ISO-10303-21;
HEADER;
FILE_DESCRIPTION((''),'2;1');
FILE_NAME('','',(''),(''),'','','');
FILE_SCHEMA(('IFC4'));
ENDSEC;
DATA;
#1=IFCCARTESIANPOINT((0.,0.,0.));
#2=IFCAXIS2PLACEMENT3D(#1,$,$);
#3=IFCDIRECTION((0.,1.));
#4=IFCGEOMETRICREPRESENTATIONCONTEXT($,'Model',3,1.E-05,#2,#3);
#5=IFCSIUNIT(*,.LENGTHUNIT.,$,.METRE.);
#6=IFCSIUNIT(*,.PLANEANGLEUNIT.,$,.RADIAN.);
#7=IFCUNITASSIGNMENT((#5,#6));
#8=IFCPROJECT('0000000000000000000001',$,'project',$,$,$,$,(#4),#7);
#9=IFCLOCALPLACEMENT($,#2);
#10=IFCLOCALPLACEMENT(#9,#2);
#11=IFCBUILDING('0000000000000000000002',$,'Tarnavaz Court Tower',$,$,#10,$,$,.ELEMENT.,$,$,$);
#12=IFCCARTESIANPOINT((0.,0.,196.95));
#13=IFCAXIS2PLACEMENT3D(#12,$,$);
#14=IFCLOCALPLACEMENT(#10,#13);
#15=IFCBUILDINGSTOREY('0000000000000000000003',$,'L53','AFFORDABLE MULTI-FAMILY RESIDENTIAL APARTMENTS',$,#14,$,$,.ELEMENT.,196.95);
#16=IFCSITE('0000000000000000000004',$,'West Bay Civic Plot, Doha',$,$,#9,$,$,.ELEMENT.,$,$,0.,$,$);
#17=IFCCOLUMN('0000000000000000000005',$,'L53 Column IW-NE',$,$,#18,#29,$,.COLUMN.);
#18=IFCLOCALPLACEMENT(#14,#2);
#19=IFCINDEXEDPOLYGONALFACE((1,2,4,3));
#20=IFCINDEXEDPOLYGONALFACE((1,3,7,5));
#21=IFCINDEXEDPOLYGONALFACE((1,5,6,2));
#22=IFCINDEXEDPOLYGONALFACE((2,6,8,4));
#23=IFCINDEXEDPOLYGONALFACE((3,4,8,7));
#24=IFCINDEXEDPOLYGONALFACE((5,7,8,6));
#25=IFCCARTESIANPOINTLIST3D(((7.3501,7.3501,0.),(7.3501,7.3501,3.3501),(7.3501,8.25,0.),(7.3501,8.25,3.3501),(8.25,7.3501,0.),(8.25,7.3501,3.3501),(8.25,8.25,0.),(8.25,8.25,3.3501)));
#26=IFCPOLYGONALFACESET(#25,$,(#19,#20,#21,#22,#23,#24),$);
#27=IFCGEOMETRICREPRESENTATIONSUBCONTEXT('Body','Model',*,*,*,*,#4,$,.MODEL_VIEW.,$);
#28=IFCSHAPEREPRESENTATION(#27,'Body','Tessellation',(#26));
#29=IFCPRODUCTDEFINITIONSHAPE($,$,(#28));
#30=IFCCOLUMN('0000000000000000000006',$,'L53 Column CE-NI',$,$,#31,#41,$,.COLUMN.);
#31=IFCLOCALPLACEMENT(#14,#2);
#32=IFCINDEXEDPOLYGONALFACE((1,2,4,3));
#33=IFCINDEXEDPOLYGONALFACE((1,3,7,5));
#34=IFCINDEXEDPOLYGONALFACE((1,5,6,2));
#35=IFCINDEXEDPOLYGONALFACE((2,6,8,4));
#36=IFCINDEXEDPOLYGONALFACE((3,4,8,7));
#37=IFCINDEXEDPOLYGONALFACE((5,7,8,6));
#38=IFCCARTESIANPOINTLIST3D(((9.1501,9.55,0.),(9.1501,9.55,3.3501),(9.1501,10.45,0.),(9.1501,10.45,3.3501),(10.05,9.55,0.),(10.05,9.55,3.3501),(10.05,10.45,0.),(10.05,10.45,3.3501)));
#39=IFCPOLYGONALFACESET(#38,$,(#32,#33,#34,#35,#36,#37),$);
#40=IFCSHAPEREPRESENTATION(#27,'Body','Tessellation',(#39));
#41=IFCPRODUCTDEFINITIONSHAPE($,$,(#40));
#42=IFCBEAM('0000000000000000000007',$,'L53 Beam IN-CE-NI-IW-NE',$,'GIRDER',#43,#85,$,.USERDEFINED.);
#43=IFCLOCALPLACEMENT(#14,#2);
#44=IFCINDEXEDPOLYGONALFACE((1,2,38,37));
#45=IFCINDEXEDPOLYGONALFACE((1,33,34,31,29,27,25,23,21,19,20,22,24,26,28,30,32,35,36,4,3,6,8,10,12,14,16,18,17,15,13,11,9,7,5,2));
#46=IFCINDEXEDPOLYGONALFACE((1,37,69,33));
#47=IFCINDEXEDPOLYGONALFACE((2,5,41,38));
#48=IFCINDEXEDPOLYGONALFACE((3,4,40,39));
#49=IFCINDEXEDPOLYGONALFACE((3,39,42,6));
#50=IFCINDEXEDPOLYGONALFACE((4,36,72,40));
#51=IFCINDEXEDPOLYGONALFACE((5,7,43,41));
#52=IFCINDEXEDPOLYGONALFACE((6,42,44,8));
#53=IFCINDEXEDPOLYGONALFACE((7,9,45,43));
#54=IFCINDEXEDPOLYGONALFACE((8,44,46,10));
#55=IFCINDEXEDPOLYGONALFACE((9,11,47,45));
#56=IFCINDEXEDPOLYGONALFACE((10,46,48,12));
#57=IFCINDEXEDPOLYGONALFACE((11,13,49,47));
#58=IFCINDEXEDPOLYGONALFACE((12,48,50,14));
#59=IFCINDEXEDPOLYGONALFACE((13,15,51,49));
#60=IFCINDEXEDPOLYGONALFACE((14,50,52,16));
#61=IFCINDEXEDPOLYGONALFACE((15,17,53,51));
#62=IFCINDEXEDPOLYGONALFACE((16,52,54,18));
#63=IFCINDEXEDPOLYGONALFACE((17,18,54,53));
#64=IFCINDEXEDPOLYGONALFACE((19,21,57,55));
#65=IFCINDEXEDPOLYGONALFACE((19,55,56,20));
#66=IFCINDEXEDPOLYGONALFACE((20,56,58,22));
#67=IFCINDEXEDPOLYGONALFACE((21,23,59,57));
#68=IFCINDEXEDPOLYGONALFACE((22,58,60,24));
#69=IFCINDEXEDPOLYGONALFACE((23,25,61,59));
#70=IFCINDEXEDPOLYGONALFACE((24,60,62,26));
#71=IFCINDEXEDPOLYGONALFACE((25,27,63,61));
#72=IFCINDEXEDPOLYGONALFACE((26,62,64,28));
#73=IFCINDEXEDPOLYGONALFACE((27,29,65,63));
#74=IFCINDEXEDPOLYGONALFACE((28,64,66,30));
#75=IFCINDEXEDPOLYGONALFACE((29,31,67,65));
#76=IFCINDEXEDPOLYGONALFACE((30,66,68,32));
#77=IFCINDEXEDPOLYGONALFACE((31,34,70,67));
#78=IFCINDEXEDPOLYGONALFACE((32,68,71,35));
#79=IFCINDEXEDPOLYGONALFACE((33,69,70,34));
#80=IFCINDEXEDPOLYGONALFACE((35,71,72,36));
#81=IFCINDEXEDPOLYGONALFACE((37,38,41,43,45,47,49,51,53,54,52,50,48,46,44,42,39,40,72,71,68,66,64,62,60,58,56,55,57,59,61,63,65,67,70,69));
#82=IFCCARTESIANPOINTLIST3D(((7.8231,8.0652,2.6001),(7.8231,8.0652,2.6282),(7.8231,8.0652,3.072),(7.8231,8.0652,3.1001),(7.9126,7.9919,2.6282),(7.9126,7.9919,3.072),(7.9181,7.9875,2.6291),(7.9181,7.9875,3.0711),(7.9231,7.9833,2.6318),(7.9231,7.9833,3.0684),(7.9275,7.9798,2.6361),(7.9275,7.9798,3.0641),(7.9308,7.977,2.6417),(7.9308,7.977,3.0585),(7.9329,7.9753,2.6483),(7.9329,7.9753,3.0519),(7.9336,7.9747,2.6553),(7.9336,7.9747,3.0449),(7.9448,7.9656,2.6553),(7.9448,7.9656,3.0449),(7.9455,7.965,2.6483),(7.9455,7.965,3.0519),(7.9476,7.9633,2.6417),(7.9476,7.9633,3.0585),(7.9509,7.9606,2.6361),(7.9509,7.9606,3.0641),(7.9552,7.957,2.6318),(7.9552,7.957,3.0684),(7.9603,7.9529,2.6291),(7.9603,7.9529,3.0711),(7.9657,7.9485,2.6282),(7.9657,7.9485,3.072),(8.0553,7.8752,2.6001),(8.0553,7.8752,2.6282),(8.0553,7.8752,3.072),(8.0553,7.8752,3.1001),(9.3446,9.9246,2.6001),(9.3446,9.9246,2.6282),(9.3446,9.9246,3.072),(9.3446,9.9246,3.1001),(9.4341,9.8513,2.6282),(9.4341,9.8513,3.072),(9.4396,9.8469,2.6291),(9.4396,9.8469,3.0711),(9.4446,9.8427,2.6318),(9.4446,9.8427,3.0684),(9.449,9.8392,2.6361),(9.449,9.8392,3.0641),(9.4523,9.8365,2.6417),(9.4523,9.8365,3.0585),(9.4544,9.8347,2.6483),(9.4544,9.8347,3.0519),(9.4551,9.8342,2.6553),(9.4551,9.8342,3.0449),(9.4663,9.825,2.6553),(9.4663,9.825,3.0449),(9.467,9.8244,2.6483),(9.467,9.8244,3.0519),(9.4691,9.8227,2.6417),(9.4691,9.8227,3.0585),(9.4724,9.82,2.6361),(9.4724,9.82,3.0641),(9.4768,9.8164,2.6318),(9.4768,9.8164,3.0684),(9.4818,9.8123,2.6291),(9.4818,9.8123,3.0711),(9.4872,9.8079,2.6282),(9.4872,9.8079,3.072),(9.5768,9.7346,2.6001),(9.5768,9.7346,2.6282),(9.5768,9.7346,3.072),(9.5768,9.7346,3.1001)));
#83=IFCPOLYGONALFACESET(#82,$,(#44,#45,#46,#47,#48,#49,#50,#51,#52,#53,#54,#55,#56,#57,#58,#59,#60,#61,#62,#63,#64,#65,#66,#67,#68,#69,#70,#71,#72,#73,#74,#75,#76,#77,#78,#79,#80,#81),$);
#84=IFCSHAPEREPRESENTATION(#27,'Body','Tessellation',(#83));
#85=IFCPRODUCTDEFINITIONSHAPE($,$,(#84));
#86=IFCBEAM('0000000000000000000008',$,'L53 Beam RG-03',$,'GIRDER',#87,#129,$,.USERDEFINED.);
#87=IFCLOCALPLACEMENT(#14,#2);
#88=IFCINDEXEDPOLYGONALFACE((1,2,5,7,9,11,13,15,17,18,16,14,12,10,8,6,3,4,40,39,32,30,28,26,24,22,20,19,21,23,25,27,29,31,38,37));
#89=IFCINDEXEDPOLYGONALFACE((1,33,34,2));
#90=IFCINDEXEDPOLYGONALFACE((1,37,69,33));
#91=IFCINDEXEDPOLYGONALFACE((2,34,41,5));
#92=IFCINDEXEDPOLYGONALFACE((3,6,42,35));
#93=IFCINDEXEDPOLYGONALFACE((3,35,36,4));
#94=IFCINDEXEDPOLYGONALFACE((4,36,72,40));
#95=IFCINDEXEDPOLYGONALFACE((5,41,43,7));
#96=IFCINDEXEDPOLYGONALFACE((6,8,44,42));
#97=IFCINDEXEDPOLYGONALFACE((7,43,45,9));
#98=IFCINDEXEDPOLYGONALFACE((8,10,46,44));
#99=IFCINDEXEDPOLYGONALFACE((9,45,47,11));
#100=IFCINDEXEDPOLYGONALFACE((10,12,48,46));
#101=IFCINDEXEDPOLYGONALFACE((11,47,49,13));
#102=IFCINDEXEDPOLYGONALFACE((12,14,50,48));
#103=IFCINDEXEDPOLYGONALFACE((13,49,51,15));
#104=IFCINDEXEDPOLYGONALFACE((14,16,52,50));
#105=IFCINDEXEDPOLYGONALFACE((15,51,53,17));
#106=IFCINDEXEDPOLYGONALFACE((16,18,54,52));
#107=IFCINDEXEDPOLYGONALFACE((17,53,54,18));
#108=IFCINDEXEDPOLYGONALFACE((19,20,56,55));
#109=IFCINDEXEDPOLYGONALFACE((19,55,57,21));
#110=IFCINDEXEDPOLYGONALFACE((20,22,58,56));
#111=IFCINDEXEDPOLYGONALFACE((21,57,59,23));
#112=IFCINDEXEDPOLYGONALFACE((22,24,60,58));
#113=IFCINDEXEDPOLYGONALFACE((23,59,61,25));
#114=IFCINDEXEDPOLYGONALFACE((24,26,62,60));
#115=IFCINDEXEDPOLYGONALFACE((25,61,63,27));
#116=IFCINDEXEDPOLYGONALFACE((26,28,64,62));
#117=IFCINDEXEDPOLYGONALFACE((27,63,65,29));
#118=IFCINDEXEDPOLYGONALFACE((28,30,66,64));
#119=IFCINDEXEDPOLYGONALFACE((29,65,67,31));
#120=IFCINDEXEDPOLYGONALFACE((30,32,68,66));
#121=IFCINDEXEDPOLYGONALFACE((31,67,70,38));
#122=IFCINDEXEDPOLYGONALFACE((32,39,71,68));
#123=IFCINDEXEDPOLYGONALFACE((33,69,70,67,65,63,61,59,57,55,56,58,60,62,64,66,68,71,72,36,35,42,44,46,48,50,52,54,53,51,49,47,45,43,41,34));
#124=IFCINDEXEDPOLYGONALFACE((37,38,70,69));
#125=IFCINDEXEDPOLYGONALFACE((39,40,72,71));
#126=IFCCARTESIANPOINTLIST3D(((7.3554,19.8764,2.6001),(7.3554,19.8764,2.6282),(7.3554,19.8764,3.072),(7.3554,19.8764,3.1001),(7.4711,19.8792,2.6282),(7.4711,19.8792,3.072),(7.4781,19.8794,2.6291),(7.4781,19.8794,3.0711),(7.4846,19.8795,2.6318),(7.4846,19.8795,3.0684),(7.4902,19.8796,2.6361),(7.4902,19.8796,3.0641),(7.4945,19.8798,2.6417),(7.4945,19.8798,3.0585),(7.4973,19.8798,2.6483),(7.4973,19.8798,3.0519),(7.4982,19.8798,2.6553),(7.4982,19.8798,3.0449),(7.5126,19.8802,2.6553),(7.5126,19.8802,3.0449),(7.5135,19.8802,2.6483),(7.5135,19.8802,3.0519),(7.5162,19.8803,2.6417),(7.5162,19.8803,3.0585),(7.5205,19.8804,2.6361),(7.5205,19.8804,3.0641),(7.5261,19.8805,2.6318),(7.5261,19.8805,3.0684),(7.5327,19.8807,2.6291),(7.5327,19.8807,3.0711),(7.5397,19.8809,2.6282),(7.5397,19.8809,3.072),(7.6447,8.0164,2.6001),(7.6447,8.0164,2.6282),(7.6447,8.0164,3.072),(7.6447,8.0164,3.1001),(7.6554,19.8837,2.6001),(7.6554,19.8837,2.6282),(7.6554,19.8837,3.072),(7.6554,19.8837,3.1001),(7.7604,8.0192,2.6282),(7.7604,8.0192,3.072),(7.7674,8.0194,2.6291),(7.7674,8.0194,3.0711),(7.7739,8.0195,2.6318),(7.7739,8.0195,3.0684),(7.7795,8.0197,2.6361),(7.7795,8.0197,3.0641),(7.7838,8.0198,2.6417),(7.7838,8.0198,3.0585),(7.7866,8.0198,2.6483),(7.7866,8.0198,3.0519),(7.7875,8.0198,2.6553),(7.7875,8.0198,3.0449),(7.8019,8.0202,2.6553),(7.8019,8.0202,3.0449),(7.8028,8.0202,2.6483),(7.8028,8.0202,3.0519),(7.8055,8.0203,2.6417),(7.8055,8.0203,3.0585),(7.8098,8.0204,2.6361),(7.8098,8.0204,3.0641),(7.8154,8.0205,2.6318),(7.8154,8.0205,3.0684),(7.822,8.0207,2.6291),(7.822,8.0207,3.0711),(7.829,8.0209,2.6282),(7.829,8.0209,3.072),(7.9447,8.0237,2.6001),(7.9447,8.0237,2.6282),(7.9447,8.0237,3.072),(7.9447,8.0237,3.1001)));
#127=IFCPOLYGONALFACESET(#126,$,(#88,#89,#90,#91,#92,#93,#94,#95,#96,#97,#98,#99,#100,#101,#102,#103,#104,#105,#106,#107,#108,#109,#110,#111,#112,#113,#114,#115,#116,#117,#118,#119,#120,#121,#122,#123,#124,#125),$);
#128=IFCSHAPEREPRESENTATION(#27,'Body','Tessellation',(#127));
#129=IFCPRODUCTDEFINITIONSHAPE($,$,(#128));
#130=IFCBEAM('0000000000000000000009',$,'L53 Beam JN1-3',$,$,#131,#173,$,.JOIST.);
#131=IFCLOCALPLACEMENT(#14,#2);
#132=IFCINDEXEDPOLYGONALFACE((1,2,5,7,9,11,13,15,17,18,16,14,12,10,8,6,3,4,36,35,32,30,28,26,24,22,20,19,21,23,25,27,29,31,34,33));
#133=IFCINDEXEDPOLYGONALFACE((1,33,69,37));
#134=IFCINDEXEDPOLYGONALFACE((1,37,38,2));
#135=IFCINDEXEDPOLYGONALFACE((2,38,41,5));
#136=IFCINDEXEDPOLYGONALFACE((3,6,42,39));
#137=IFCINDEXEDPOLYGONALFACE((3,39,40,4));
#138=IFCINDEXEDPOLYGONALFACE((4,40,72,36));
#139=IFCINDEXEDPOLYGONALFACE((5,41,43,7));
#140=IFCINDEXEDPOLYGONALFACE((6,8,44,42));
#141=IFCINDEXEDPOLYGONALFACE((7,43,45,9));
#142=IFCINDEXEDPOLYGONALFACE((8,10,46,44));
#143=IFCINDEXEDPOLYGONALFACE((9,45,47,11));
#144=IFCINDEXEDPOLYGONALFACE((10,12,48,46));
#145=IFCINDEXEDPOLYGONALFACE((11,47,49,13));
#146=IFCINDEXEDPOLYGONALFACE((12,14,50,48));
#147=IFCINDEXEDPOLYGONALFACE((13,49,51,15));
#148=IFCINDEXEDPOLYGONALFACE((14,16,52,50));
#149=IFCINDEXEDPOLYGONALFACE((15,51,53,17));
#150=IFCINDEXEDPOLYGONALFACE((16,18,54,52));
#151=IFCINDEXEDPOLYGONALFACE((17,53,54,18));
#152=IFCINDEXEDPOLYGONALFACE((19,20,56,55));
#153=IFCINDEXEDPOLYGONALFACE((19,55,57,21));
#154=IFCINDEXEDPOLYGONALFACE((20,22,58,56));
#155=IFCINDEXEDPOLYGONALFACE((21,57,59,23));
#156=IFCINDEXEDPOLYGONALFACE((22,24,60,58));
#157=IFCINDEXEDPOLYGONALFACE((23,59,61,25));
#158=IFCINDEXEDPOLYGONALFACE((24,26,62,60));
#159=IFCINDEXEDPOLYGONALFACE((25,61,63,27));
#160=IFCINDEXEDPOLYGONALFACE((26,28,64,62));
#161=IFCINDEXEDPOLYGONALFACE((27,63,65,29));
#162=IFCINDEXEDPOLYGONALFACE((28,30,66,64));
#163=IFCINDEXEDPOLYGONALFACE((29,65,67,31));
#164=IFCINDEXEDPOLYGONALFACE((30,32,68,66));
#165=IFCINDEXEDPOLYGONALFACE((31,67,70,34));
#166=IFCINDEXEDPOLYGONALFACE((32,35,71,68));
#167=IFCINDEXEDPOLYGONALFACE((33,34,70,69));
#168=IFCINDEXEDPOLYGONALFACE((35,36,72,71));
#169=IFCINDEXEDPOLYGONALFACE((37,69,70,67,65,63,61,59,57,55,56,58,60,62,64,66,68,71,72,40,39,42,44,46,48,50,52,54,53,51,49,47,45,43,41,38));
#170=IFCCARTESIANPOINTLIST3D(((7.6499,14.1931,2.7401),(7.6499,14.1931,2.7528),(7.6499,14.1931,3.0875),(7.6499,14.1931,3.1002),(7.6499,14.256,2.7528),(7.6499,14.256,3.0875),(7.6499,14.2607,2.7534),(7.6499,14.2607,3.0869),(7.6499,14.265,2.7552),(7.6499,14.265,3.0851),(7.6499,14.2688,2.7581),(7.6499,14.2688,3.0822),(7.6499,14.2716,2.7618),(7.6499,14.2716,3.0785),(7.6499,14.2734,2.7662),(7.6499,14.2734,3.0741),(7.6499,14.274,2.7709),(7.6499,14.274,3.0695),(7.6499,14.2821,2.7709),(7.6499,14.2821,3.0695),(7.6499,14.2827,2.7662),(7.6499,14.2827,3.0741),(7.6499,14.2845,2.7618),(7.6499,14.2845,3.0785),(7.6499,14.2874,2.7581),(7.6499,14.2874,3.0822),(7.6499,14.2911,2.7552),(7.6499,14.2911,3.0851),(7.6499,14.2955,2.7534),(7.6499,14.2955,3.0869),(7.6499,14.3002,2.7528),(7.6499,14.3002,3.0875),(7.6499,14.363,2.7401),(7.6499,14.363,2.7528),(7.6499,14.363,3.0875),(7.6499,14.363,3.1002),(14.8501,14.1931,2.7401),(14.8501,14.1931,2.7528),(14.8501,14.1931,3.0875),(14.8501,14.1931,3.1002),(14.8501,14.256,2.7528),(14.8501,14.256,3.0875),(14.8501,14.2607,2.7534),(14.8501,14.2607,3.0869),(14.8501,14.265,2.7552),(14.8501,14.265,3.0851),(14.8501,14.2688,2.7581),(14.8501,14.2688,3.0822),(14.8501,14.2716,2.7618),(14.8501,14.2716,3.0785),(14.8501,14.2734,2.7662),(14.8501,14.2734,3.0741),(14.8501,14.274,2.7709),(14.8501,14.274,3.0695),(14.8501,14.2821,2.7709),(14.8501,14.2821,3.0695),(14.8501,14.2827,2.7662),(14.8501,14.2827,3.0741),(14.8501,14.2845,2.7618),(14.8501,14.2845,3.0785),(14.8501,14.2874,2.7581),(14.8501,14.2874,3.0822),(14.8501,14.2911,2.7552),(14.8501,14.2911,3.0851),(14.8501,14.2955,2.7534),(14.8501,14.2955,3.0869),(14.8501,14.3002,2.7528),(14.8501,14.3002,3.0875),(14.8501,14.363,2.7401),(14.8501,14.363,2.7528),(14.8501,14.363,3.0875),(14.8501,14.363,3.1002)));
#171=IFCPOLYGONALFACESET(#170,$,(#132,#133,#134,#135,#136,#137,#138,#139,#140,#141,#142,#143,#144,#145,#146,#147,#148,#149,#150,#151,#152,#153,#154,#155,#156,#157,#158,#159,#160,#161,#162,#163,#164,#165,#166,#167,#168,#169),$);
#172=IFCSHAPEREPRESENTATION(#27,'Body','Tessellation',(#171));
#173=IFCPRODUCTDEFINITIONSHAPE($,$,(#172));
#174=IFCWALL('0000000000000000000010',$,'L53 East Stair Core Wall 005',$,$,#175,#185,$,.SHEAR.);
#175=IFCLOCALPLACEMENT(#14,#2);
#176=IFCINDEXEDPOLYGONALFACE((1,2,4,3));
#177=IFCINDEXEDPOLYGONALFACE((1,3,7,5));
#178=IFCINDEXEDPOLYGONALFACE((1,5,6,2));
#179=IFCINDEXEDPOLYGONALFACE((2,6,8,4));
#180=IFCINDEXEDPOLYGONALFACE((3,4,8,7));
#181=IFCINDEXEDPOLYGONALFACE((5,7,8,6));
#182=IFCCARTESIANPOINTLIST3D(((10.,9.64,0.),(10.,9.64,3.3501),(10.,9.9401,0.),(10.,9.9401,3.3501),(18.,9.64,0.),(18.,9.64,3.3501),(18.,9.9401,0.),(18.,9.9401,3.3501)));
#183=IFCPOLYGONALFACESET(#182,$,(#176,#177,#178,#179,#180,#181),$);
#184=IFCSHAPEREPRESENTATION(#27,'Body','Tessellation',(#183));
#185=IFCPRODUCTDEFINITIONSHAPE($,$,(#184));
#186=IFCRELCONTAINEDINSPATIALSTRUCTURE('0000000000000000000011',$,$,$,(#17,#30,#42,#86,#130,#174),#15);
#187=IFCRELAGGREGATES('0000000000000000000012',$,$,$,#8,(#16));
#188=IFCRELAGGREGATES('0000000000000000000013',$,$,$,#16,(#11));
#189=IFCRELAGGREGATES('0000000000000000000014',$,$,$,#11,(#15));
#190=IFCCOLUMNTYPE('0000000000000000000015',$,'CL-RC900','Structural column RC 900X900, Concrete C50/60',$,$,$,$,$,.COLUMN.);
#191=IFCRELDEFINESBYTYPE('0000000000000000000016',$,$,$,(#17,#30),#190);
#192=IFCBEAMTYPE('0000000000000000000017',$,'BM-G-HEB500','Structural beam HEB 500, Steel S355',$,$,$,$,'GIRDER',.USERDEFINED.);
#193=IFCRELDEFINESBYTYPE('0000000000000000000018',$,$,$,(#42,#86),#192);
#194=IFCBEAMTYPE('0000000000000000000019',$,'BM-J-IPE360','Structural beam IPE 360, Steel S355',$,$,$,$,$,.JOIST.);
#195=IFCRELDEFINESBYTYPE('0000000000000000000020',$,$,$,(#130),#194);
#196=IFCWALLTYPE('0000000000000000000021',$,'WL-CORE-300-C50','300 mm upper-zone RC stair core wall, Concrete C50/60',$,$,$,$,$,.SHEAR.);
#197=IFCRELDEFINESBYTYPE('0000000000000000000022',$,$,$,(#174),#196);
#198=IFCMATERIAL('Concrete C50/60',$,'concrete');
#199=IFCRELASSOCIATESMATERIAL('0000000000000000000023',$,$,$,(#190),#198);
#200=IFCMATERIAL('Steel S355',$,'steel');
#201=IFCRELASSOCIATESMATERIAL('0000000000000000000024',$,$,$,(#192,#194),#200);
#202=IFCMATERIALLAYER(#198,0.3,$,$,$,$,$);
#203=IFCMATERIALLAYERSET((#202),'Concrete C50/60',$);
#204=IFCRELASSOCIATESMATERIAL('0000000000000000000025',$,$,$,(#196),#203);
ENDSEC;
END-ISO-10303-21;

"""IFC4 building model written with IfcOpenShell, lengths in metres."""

from ifc_helpers import new_model, si_unit, direction, frame, frame_2d, origin, origin_2d, place, context, subcontext, project, spatial, rectangle, i_section, extrude, material, layer, layer_set, material_profile, profile_set, type_object, element, save


model = new_model("IFC4")

# Units and contexts
model_context = context("Model", 3, precision=1e-05, world=origin(), true_north=direction((0.0, 1.0)))
body_context = subcontext(model_context, "Body", "Model", "MODEL_VIEW")
ifc_project = project(units=[si_unit("LENGTHUNIT", "METRE"), si_unit("PLANEANGLEUNIT", "RADIAN")], contexts=[model_context])

# Site, building, storey
site_placement = place(None, origin())
site = spatial("IfcSite", under=ifc_project, at=site_placement, Name="West Bay Civic Plot, Doha", CompositionType="ELEMENT", RefElevation=0.0)
building_placement = place(site_placement, origin())
building = spatial("IfcBuilding", under=site, at=building_placement, Name="Tarnavaz Court Tower", CompositionType="ELEMENT")
storey_placement = place(building_placement, frame((0.0, 0.0, 196.95)))
storey = spatial("IfcBuildingStorey", under=building, at=storey_placement, Name="L53", Description="AFFORDABLE MULTI-FAMILY RESIDENTIAL APARTMENTS", CompositionType="ELEMENT", Elevation=196.95)

# Columns
ifc_material_1 = material(Name="Concrete C50/60", Category="concrete")
ifc_material_profile_1 = material_profile(ifc_material_1, rectangle(XDim=0.8999, YDim=0.8999, at=origin_2d()), Name="RC 900X900")
ifc_profile_set_1 = profile_set([ifc_material_profile_1], Name="Concrete C50/60")
column_type = type_object("IfcColumnType", Name="CL-RC900", Description="Structural column RC 900X900, Concrete C50/60", PredefinedType="COLUMN", material=ifc_profile_set_1)
for number, where, z_axis, x_axis, name in (
    (1, (7.8, 7.8, 0.0), (0.0, 0.0, 1.0), (1.0, 0.0, 0.0), "L53 Column IW-NE"),
    (2, (9.6001, 10.0, 0.0), (0.0, 0.0, 1.0), (1.0, 0.0, 0.0), "L53 Column CE-NI"),
):
    element("IfcColumn", number, at=place(storey_placement, frame(where, z_axis=z_axis, x_axis=x_axis)), inside=storey, type_object=column_type, Name=name, PredefinedType="COLUMN", context=body_context, shape_type="SweptSolid", body=[
        extrude(rectangle(XDim=0.8999, YDim=0.8999, at=origin_2d()), origin(), (0.0, 0.0, 1.0), 3.3501),
    ])

# Beams
ifc_material_2 = material(Name="Steel S355", Category="steel")
ifc_material_profile_2 = material_profile(ifc_material_2, i_section(OverallWidth=0.3, OverallDepth=0.5, WebThickness=0.0144, FlangeThickness=0.0281, FilletRadius=0.0271, at=origin_2d()), Name="HEB 500")
ifc_profile_set_2 = profile_set([ifc_material_profile_2], Name="Steel S355")
beam_type_1 = type_object("IfcBeamType", Name="BM-G-HEB500", Description="Structural beam HEB 500, Steel S355", ElementType="GIRDER", PredefinedType="USERDEFINED", material=ifc_profile_set_2)
beam_1_placement = place(storey_placement, frame((9.4607, 9.8296, 2.8501), z_axis=(-0.633282, -0.773921, 0.0), x_axis=(0.773921, -0.633282, 0.0)))
element("IfcBeam", 3, at=beam_1_placement, inside=storey, type_object=beam_type_1, Name="L53 Beam IN-CE-NI-IW-NE", ObjectType="GIRDER", PredefinedType="USERDEFINED", context=body_context, shape_type="SweptSolid", body=[
    extrude(i_section(OverallWidth=0.3, OverallDepth=0.5, WebThickness=0.0144, FlangeThickness=0.0281, FilletRadius=0.0271, at=origin_2d()), origin(), (0.0, 0.0, 1.0), 2.4026),
])
beam_2_placement = place(storey_placement, frame((7.7947, 8.02, 2.8501), z_axis=(-0.024386, 0.999703, 0.0), x_axis=(-0.999703, -0.024386, 0.0)))
element("IfcBeam", 4, at=beam_2_placement, inside=storey, type_object=beam_type_1, Name="L53 Beam RG-03", ObjectType="GIRDER", PredefinedType="USERDEFINED", context=body_context, shape_type="SweptSolid", body=[
    extrude(i_section(OverallWidth=0.3, OverallDepth=0.5, WebThickness=0.0144, FlangeThickness=0.0281, FilletRadius=0.0271, at=origin_2d()), origin(), (0.0, 0.0, 1.0), 11.8635),
])
ifc_material_profile_3 = material_profile(ifc_material_2, i_section(OverallWidth=0.1699, OverallDepth=0.3601, WebThickness=0.0081, FlangeThickness=0.0127, FilletRadius=0.0181, at=origin_2d()), Name="IPE 360")
ifc_profile_set_3 = profile_set([ifc_material_profile_3], Name="Steel S355")
beam_type_2 = type_object("IfcBeamType", Name="BM-J-IPE360", Description="Structural beam IPE 360, Steel S355", PredefinedType="JOIST", material=ifc_profile_set_3)
beam_3_placement = place(storey_placement, frame((7.6499, 14.2781, 2.9202), z_axis=(1.0, 0.0, 0.0), x_axis=(0.0, 1.0, 0.0)))
element("IfcBeam", 5, at=beam_3_placement, inside=storey, type_object=beam_type_2, Name="L53 Beam JN1-3", PredefinedType="JOIST", context=body_context, shape_type="SweptSolid", body=[
    extrude(i_section(OverallWidth=0.1699, OverallDepth=0.3601, WebThickness=0.0081, FlangeThickness=0.0127, FilletRadius=0.0181, at=origin_2d()), origin(), (0.0, 0.0, 1.0), 7.2002),
])

# Wall
ifc_layer_1 = layer(ifc_material_1, 0.3)
ifc_layer_set_1 = layer_set([ifc_layer_1], Name="Concrete C50/60")
wall_type_1 = type_object("IfcWallType", Name="WL-CORE-300-C50", Description="300 mm upper-zone RC stair core wall, Concrete C50/60", PredefinedType="SHEAR", material=ifc_layer_set_1)
wall_1_placement = place(storey_placement, frame((10.0, 9.79, 0.0), z_axis=(0.0, 0.0, 1.0), x_axis=(1.0, 0.0, 0.0)))
element("IfcWall", 6, at=wall_1_placement, inside=storey, type_object=wall_type_1, Name="L53 East Stair Core Wall 005", PredefinedType="SHEAR", context=body_context, shape_type="SweptSolid", body=[
    extrude(rectangle(XDim=8.0, YDim=0.3, at=frame_2d((4.0, 0.0))), origin(), (0.0, 0.0, 1.0), 3.3501),
])

save(model, "model.ifc")
